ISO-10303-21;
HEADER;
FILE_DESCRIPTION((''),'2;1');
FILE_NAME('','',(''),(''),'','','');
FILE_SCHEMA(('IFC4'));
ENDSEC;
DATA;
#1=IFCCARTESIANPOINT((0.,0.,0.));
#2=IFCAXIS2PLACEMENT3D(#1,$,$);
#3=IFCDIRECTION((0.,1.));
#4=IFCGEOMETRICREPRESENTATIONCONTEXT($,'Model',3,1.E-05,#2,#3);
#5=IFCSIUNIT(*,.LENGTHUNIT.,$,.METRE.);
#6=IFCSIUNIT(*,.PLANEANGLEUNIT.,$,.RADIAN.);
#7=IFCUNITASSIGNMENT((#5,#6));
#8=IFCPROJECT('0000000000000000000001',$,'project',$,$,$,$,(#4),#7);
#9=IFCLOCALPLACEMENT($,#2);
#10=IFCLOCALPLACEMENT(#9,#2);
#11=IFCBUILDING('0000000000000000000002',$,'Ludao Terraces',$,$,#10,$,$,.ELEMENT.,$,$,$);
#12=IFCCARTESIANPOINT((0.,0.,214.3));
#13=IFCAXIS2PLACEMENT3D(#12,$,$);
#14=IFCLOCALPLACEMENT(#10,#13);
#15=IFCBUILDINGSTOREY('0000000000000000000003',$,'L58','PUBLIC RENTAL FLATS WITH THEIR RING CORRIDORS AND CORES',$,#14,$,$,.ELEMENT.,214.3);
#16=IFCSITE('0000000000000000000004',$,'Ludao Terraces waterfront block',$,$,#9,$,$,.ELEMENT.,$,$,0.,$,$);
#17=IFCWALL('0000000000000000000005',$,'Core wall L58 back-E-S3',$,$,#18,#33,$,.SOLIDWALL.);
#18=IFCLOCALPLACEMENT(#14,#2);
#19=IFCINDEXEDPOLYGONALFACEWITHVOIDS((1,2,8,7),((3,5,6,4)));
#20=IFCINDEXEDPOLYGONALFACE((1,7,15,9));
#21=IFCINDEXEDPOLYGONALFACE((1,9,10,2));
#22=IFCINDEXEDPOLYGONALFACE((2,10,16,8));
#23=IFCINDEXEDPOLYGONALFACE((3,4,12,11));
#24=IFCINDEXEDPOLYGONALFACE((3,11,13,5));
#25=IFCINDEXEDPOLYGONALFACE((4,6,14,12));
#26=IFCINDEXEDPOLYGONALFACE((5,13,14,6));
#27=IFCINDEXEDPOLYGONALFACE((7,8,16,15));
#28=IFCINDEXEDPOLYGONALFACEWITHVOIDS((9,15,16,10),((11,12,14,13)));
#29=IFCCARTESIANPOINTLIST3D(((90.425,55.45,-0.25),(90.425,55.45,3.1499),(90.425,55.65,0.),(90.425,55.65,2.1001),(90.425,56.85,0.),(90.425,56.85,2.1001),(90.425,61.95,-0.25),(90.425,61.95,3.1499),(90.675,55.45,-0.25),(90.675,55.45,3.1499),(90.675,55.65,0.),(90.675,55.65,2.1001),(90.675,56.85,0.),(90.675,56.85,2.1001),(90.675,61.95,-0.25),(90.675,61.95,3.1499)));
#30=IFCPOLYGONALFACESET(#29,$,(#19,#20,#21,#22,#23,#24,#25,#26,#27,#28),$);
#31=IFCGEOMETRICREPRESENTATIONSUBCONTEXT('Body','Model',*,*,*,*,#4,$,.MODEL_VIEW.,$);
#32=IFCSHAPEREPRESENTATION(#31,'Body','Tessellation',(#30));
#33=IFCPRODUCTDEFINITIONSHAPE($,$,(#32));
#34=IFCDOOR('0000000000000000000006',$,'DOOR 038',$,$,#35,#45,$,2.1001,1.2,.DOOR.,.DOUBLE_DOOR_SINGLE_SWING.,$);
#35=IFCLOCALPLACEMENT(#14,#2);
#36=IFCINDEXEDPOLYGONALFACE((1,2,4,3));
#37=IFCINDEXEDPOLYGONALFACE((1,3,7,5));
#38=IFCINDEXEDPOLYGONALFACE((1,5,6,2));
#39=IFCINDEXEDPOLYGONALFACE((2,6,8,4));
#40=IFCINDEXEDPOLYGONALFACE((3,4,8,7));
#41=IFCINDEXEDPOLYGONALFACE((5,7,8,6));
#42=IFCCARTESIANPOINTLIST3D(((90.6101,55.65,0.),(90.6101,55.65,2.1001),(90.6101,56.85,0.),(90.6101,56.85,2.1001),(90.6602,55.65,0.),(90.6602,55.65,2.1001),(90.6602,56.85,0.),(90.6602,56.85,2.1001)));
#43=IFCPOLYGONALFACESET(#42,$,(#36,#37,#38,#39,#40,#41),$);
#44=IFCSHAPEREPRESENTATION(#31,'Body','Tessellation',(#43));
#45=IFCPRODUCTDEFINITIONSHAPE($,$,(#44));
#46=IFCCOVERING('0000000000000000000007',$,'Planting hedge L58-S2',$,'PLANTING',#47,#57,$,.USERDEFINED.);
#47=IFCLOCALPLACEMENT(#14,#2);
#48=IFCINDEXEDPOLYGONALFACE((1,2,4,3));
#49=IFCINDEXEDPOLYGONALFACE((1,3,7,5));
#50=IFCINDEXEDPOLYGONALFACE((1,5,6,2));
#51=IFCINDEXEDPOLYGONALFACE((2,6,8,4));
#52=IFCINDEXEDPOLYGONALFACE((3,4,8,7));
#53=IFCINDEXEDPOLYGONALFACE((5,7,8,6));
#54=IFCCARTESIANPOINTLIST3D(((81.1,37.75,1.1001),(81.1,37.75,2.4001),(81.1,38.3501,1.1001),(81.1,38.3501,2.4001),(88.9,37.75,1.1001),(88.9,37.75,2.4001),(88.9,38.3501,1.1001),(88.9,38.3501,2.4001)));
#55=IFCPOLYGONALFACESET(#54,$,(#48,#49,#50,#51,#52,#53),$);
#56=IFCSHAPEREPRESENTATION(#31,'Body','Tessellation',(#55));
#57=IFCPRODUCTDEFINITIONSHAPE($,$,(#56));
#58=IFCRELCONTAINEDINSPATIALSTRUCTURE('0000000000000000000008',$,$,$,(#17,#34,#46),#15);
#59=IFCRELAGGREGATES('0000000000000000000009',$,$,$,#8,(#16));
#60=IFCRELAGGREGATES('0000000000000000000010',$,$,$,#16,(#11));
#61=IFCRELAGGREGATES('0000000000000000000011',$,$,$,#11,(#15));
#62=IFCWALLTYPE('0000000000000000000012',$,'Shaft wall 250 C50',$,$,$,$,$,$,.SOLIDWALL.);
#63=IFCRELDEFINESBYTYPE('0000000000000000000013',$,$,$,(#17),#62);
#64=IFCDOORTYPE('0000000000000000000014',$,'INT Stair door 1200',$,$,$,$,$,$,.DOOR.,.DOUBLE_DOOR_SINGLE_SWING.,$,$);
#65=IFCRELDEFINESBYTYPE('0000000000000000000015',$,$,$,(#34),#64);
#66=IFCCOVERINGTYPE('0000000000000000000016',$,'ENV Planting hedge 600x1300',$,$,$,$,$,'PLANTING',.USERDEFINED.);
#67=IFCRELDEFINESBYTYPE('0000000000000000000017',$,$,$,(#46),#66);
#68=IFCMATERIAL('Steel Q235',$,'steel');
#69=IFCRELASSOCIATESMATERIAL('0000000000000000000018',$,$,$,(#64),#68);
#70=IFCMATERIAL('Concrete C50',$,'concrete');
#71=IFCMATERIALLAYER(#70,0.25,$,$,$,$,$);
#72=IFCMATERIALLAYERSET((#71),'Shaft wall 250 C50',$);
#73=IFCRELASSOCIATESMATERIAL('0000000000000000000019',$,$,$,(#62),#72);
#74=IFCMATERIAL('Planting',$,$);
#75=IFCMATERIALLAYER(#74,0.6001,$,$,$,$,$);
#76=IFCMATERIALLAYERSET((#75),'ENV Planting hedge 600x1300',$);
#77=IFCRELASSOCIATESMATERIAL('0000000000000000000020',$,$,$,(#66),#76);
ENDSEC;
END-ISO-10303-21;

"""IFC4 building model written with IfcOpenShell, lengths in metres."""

from ifc_helpers import new_model, si_unit, direction, frame, frame_2d, origin, origin_2d, place, context, subcontext, project, spatial, rectangle, extrude, material, layer, layer_set, type_object, element, fill, save


model = new_model("IFC4")

# Units and contexts
model_context = context("Model", 3, precision=1e-05, world=origin(), true_north=direction((0.0, 1.0)))
body_context = subcontext(model_context, "Body", "Model", "MODEL_VIEW")
ifc_project = project(units=[si_unit("LENGTHUNIT", "METRE"), si_unit("PLANEANGLEUNIT", "RADIAN")], contexts=[model_context])

# Site, building, storey
site_placement = place(None, origin())
site = spatial("IfcSite", under=ifc_project, at=site_placement, Name="Ludao Terraces waterfront block", CompositionType="ELEMENT", RefElevation=0.0)
building_placement = place(site_placement, origin())
building = spatial("IfcBuilding", under=site, at=building_placement, Name="Ludao Terraces", CompositionType="ELEMENT")
storey_placement = place(building_placement, frame((0.0, 0.0, 214.3)))
storey = spatial("IfcBuildingStorey", under=building, at=storey_placement, Name="L58", Description="PUBLIC RENTAL FLATS WITH THEIR RING CORRIDORS AND CORES", CompositionType="ELEMENT", Elevation=214.3)

# Shared definitions
ifc_material_1 = material(Name="Concrete C50", Category="concrete")

# Shared definitions
ifc_material_2 = material(Name="Steel Q235", Category="steel")
door_type_1 = type_object("IfcDoorType", Name="INT Stair door 1200", OperationType="DOUBLE_DOOR_SINGLE_SWING", PredefinedType="DOOR", material=ifc_material_2)

# Wall, opening, door
ifc_layer_1 = layer(ifc_material_1, 0.25)
ifc_layer_set_1 = layer_set([ifc_layer_1], Name="Shaft wall 250 C50")
wall_type_1 = type_object("IfcWallType", Name="Shaft wall 250 C50", PredefinedType="SOLIDWALL", material=ifc_layer_set_1)
wall_1_placement = place(storey_placement, frame((90.55, 55.45, -0.25), z_axis=(0.0, 0.0, 1.0), x_axis=(0.0, 1.0, 0.0)))
wall_1 = element("IfcWall", 1, at=wall_1_placement, inside=storey, type_object=wall_type_1, Name="Core wall L58 back-E-S3", PredefinedType="SOLIDWALL", context=body_context, shape_type="SweptSolid", body=[
    extrude(rectangle(XDim=6.5, YDim=0.25, at=frame_2d((3.25, 0.0))), origin(), (0.0, 0.0, 1.0), 3.3999),
])
opening_1_placement = place(wall_1_placement, frame((0.2, 0.0, 0.25)))
opening_1 = element("IfcOpeningElement", 2, at=opening_1_placement, cuts=wall_1, PredefinedType="OPENING", context=body_context, shape_type="SweptSolid", body=[
    extrude(rectangle(XDim=1.2, YDim=2.1001, at=frame_2d((0.6001, 1.05))), frame((0.0, 0.135, 0.0), z_axis=(0.0, -1.0, 0.0), x_axis=(1.0, 0.0, 0.0)), (0.0, 0.0, 1.0), 0.27),
])
door_1_placement = place(opening_1_placement, origin())
door_1 = element("IfcDoor", 3, at=door_1_placement, inside=storey, type_object=door_type_1, Name="DOOR 038", OperationType="DOUBLE_DOOR_SINGLE_SWING", OverallHeight=2.1001, OverallWidth=1.2, PredefinedType="DOOR", context=body_context, shape_type="SweptSolid", body=[
    extrude(rectangle(XDim=1.2, YDim=2.1001, at=frame_2d((0.6001, 1.05))), frame((0.0, -0.0601, 0.0), z_axis=(0.0, -1.0, 0.0), x_axis=(1.0, 0.0, 0.0)), (0.0, 0.0, 1.0), 0.05),
])
fill(opening_1, door_1)

# Covering
ifc_material_3 = material(Name="Planting")
ifc_layer_2 = layer(ifc_material_3, 0.6001)
ifc_layer_set_2 = layer_set([ifc_layer_2], Name="ENV Planting hedge 600x1300")
covering_type = type_object("IfcCoveringType", Name="ENV Planting hedge 600x1300", ElementType="PLANTING", PredefinedType="USERDEFINED", material=ifc_layer_set_2)
covering_placement = place(storey_placement, frame((85.0, 38.05, 1.1001), z_axis=(0.0, 0.0, 1.0), x_axis=(1.0, 0.0, 0.0)))
element("IfcCovering", 4, at=covering_placement, inside=storey, type_object=covering_type, Name="Planting hedge L58-S2", ObjectType="PLANTING", PredefinedType="USERDEFINED", context=body_context, shape_type="SweptSolid", body=[
    extrude(rectangle(XDim=7.8, YDim=0.6001, at=origin_2d()), origin(), (0.0, 0.0, 1.0), 1.3),
])

save(model, "model.ifc")
